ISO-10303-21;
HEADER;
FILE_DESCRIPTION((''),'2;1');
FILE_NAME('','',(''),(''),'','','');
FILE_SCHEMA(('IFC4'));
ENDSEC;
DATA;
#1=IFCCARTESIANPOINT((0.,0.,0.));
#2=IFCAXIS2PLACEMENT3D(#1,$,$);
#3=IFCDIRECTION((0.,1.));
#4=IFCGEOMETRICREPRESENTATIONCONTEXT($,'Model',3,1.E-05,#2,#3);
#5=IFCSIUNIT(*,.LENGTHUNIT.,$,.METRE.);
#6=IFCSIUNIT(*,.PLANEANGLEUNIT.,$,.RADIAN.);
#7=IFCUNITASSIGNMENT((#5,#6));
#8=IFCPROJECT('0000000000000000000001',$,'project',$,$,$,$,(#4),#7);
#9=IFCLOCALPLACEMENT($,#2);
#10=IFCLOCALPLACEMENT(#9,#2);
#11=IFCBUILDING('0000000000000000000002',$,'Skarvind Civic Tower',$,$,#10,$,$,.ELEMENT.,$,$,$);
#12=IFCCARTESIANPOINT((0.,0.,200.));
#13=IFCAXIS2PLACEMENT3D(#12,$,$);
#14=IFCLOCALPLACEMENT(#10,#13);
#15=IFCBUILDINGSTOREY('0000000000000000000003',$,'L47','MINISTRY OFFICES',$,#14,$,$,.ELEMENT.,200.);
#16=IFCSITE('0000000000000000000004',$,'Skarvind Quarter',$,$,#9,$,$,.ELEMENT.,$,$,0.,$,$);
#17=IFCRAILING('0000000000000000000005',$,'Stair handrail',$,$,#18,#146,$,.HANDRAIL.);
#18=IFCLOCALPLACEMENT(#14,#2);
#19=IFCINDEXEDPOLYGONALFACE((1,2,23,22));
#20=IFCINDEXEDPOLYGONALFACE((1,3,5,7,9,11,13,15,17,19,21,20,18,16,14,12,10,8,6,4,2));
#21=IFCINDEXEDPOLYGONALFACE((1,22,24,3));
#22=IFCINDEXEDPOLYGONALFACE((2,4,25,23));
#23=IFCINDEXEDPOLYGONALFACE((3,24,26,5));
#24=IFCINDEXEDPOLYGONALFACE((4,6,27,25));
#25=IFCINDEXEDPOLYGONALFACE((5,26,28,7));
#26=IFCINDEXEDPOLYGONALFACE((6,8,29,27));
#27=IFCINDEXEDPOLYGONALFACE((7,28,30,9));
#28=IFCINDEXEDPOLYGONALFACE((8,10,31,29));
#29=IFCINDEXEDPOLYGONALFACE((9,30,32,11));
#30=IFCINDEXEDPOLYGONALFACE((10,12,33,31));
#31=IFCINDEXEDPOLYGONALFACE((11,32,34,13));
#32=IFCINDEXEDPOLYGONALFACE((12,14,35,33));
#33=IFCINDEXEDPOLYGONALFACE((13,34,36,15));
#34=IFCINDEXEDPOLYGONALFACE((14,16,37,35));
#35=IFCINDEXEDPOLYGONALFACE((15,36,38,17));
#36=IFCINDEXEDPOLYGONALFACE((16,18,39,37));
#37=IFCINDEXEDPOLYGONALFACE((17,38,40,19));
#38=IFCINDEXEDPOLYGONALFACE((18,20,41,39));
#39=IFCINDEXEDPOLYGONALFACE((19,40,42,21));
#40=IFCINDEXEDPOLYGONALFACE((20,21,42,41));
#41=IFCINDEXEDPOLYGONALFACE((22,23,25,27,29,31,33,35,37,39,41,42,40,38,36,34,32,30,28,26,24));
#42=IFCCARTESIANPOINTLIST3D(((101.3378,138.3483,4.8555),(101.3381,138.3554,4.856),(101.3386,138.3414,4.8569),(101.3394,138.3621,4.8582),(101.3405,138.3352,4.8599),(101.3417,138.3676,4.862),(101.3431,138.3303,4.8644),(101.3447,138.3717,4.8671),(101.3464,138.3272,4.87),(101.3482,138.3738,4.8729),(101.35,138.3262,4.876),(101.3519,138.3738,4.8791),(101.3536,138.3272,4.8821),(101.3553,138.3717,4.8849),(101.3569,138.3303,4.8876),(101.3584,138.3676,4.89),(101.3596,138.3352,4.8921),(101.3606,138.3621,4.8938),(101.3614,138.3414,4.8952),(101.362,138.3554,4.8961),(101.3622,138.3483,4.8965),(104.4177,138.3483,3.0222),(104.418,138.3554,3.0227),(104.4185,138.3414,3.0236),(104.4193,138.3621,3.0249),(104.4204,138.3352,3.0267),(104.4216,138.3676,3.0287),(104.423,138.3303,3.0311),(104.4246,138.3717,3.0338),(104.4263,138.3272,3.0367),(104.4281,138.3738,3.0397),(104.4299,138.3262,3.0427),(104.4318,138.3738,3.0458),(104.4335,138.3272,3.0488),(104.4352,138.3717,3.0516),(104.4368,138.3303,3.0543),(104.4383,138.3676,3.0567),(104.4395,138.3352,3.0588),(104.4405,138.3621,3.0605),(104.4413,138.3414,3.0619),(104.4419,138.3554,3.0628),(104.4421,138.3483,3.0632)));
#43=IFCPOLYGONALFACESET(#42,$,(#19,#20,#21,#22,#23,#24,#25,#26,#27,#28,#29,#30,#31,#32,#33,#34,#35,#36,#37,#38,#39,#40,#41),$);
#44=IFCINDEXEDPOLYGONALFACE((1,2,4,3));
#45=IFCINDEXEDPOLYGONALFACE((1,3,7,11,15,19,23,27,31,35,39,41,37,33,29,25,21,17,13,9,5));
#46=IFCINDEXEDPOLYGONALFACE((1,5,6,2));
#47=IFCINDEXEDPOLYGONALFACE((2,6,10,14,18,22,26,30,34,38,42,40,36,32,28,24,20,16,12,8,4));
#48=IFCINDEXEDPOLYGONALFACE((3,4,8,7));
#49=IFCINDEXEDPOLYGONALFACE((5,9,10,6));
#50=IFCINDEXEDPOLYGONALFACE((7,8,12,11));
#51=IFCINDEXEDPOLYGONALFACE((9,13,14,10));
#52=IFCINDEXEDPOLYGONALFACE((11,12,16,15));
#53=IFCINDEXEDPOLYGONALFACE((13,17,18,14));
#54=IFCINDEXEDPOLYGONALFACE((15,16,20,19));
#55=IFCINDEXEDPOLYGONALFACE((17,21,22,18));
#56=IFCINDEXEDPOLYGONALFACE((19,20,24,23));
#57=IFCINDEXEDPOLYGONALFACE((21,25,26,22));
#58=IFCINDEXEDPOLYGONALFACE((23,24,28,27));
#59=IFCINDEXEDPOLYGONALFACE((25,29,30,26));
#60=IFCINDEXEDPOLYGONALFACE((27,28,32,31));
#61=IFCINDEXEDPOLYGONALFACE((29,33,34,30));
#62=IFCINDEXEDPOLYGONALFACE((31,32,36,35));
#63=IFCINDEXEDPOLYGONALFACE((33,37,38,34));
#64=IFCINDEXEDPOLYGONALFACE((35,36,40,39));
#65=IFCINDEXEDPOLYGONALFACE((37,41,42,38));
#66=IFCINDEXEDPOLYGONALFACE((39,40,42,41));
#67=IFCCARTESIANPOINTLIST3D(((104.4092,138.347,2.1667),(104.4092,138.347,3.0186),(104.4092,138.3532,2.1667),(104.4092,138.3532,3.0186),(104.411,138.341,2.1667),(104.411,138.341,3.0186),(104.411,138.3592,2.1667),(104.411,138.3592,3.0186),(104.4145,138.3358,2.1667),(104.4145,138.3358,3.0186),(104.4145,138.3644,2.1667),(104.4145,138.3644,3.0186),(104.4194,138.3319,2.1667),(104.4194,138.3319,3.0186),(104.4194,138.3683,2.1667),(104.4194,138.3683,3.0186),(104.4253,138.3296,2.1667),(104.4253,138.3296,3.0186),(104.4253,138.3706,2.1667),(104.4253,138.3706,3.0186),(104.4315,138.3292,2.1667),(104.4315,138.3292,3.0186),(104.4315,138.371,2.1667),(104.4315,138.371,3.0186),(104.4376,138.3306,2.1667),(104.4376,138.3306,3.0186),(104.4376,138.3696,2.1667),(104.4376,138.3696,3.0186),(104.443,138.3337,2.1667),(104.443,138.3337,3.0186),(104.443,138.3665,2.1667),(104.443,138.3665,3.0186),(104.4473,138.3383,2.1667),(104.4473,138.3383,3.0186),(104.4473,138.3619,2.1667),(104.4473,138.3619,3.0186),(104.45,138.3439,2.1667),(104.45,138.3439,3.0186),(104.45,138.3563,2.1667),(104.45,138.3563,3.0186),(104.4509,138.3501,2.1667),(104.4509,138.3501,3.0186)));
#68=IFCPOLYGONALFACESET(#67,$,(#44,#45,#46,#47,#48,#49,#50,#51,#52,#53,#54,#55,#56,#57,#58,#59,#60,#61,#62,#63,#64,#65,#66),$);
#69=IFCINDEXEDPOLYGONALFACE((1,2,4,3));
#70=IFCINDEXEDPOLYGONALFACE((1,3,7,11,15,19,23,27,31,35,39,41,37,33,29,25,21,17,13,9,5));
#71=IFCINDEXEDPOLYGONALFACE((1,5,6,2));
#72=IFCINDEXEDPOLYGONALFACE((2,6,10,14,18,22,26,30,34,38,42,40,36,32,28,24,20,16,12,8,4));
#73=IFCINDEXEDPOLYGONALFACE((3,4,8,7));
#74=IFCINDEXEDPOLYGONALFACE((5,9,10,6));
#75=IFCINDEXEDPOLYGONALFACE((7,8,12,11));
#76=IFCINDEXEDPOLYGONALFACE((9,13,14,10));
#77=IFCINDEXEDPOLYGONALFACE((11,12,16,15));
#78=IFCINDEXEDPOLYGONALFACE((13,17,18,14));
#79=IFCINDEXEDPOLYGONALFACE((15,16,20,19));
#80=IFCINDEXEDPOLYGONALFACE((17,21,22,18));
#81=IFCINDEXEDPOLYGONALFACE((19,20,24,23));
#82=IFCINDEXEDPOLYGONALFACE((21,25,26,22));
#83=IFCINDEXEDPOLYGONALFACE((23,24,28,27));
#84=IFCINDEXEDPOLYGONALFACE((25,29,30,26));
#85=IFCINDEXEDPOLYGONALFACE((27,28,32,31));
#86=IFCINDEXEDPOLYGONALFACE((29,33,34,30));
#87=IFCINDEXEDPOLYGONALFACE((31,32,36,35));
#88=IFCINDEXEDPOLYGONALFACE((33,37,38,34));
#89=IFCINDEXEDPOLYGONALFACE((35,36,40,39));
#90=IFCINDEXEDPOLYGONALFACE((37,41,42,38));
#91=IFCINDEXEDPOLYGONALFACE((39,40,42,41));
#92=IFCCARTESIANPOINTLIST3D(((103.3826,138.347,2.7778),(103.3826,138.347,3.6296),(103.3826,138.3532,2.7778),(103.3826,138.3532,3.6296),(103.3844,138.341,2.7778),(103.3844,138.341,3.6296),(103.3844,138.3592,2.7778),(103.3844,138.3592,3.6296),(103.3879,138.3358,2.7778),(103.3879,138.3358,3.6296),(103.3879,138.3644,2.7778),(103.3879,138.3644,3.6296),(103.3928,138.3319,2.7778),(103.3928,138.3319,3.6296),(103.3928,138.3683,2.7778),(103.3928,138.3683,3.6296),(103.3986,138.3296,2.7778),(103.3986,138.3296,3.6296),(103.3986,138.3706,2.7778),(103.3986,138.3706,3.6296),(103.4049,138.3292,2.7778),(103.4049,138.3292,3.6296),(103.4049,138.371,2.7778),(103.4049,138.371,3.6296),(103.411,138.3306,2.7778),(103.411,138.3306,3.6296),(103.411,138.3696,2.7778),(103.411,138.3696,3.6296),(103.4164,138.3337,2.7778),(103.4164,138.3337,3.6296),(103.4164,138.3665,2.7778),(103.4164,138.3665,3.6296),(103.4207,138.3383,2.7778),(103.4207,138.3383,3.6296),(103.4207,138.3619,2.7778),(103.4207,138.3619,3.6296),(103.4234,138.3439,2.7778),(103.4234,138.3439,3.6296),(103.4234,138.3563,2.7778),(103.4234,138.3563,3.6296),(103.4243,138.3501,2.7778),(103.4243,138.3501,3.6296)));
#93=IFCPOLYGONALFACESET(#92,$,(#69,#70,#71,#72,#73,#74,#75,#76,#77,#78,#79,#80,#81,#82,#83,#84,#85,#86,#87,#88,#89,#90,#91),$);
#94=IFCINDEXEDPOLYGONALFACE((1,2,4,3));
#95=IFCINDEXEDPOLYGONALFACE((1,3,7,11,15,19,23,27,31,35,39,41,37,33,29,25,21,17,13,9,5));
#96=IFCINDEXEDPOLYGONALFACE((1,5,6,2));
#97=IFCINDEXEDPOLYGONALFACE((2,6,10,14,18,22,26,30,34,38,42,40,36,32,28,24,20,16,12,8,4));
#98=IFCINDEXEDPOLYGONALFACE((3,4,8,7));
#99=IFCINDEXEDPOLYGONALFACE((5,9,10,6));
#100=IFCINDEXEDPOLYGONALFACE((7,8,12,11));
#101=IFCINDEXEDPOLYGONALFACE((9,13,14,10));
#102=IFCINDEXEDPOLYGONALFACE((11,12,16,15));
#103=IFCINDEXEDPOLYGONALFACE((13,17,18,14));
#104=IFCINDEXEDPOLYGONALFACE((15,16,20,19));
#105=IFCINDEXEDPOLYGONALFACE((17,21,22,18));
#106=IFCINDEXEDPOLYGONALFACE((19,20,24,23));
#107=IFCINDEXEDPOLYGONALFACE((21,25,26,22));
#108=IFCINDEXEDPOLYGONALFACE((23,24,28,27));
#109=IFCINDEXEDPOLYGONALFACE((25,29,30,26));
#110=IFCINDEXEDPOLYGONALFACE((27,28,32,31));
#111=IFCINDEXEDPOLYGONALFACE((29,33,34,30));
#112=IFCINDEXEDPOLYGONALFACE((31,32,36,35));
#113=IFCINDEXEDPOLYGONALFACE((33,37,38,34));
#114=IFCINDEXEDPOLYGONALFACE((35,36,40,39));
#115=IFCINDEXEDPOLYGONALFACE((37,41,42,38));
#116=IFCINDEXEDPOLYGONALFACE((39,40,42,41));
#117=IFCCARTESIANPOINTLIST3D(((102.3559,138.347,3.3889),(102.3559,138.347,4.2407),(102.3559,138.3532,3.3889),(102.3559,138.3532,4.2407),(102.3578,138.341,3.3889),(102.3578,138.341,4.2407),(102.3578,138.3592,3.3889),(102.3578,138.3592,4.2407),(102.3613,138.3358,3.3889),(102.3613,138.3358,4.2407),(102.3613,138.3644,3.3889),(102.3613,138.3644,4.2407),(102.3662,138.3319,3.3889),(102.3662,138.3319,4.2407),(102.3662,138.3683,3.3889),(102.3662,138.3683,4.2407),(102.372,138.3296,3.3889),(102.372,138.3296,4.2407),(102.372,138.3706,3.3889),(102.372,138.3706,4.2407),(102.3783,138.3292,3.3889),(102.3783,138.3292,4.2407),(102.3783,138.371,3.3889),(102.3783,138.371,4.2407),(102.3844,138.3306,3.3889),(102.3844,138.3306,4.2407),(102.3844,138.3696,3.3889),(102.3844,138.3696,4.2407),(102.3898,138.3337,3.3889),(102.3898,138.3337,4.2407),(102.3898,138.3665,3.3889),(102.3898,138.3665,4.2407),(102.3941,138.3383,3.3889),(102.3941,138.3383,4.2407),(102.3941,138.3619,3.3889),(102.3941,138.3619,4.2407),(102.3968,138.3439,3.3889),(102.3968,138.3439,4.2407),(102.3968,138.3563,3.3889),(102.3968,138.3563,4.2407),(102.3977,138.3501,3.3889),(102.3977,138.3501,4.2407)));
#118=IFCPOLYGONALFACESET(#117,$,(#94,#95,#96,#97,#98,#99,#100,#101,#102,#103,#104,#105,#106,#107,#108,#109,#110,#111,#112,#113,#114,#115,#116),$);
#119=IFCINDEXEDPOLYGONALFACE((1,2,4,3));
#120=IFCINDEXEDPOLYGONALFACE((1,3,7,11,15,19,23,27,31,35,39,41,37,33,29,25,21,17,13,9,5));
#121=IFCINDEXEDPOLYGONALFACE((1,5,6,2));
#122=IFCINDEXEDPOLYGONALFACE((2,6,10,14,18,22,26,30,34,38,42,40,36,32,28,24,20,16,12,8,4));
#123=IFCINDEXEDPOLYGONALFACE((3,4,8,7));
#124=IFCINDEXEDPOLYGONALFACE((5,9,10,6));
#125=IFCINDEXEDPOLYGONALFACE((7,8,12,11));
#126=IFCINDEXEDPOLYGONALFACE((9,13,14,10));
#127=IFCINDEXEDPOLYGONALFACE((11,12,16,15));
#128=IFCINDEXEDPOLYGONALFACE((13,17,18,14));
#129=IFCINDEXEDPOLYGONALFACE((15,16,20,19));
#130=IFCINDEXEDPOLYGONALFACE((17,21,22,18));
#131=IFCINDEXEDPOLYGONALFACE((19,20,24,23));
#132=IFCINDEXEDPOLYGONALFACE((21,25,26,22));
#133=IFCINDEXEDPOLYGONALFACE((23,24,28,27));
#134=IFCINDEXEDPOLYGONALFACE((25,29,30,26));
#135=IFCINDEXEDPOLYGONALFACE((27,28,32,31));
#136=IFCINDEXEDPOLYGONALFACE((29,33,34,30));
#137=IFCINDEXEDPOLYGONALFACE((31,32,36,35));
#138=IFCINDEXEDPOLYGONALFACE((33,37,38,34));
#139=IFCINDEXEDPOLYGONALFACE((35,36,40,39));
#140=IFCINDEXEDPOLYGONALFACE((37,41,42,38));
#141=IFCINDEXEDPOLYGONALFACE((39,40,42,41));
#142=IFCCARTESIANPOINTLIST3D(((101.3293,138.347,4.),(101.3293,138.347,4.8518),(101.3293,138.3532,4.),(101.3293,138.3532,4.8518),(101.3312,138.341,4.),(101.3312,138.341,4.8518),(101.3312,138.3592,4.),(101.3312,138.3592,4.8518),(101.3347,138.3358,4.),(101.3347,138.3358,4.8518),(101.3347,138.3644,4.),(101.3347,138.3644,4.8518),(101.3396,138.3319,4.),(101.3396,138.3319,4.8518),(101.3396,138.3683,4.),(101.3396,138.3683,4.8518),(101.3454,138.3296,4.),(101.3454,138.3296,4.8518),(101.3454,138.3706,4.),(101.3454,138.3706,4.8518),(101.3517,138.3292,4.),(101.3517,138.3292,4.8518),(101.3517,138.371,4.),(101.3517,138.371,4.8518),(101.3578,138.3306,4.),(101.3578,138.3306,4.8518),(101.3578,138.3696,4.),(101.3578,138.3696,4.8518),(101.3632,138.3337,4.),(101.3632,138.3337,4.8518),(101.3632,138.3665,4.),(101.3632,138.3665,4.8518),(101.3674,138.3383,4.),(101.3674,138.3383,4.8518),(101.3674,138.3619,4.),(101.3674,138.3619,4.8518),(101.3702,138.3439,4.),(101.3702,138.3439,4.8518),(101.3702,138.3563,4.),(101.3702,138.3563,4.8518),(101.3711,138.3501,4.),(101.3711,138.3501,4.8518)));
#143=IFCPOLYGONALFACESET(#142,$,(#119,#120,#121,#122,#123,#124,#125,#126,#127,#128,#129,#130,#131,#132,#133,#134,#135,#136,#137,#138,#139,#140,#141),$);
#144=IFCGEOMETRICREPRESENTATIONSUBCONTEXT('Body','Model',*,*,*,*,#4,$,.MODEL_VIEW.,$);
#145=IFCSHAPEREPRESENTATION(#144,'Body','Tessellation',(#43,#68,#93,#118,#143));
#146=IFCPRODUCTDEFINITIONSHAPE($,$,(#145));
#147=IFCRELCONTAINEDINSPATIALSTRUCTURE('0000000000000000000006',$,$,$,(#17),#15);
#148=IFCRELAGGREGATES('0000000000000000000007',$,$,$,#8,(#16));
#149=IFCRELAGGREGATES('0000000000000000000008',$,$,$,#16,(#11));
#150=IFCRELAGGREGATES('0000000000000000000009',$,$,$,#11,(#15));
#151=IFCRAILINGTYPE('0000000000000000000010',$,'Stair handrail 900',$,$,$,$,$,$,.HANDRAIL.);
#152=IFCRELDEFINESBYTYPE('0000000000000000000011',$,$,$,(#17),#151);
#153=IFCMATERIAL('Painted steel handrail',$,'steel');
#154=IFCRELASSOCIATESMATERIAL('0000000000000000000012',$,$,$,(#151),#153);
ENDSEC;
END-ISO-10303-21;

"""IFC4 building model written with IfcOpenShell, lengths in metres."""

from ifc_helpers import new_model, si_unit, direction, frame, origin, origin_2d, place, context, subcontext, project, spatial, circle, extrude, material, type_object, element, save


model = new_model("IFC4")

# Units and contexts
model_context = context("Model", 3, precision=1e-05, world=origin(), true_north=direction((0.0, 1.0)))
body_context = subcontext(model_context, "Body", "Model", "MODEL_VIEW")
ifc_project = project(units=[si_unit("LENGTHUNIT", "METRE"), si_unit("PLANEANGLEUNIT", "RADIAN")], contexts=[model_context])

# Site, building, storey
site_placement = place(None, origin())
site = spatial("IfcSite", under=ifc_project, at=site_placement, Name="Skarvind Quarter", CompositionType="ELEMENT", RefElevation=0.0)
building_placement = place(site_placement, origin())
building = spatial("IfcBuilding", under=site, at=building_placement, Name="Skarvind Civic Tower", CompositionType="ELEMENT")
storey_placement = place(building_placement, frame((0.0, 0.0, 200.0)))
storey = spatial("IfcBuildingStorey", under=building, at=storey_placement, Name="L47", Description="MINISTRY OFFICES", CompositionType="ELEMENT", Elevation=200.0)

# Railing
ifc_material_1 = material(Name="Painted steel handrail", Category="steel")
railing_type = type_object("IfcRailingType", Name="Stair handrail 900", PredefinedType="HANDRAIL", material=ifc_material_1)
railing_1_placement = place(storey_placement, frame((104.4299, 138.3501, 2.1667)))
element("IfcRailing", 1, at=railing_1_placement, inside=storey, type_object=railing_type, Name="Stair handrail", PredefinedType="HANDRAIL", context=body_context, shape_type="SweptSolid", body=[
    extrude(circle(Radius=0.0239, at=origin_2d()), frame((0.0, 0.0, 0.876), z_axis=(-0.859291, 0.0, 0.511487), x_axis=(0.0, -1.0, 0.0)), (0.0, 0.0, 1.0), 3.5842),
    extrude(circle(Radius=0.021, at=origin_2d()), origin(), (0.0, 0.0, 1.0), 0.8518),
    extrude(circle(Radius=0.021, at=origin_2d()), frame((-1.0266, 0.0, 0.6111)), (0.0, 0.0, 1.0), 0.8518),
    extrude(circle(Radius=0.021, at=origin_2d()), frame((-2.0532, 0.0, 1.2222)), (0.0, 0.0, 1.0), 0.8518),
    extrude(circle(Radius=0.021, at=origin_2d()), frame((-3.0798, 0.0, 1.8333)), (0.0, 0.0, 1.0), 0.8518),
])

save(model, "model.ifc")
